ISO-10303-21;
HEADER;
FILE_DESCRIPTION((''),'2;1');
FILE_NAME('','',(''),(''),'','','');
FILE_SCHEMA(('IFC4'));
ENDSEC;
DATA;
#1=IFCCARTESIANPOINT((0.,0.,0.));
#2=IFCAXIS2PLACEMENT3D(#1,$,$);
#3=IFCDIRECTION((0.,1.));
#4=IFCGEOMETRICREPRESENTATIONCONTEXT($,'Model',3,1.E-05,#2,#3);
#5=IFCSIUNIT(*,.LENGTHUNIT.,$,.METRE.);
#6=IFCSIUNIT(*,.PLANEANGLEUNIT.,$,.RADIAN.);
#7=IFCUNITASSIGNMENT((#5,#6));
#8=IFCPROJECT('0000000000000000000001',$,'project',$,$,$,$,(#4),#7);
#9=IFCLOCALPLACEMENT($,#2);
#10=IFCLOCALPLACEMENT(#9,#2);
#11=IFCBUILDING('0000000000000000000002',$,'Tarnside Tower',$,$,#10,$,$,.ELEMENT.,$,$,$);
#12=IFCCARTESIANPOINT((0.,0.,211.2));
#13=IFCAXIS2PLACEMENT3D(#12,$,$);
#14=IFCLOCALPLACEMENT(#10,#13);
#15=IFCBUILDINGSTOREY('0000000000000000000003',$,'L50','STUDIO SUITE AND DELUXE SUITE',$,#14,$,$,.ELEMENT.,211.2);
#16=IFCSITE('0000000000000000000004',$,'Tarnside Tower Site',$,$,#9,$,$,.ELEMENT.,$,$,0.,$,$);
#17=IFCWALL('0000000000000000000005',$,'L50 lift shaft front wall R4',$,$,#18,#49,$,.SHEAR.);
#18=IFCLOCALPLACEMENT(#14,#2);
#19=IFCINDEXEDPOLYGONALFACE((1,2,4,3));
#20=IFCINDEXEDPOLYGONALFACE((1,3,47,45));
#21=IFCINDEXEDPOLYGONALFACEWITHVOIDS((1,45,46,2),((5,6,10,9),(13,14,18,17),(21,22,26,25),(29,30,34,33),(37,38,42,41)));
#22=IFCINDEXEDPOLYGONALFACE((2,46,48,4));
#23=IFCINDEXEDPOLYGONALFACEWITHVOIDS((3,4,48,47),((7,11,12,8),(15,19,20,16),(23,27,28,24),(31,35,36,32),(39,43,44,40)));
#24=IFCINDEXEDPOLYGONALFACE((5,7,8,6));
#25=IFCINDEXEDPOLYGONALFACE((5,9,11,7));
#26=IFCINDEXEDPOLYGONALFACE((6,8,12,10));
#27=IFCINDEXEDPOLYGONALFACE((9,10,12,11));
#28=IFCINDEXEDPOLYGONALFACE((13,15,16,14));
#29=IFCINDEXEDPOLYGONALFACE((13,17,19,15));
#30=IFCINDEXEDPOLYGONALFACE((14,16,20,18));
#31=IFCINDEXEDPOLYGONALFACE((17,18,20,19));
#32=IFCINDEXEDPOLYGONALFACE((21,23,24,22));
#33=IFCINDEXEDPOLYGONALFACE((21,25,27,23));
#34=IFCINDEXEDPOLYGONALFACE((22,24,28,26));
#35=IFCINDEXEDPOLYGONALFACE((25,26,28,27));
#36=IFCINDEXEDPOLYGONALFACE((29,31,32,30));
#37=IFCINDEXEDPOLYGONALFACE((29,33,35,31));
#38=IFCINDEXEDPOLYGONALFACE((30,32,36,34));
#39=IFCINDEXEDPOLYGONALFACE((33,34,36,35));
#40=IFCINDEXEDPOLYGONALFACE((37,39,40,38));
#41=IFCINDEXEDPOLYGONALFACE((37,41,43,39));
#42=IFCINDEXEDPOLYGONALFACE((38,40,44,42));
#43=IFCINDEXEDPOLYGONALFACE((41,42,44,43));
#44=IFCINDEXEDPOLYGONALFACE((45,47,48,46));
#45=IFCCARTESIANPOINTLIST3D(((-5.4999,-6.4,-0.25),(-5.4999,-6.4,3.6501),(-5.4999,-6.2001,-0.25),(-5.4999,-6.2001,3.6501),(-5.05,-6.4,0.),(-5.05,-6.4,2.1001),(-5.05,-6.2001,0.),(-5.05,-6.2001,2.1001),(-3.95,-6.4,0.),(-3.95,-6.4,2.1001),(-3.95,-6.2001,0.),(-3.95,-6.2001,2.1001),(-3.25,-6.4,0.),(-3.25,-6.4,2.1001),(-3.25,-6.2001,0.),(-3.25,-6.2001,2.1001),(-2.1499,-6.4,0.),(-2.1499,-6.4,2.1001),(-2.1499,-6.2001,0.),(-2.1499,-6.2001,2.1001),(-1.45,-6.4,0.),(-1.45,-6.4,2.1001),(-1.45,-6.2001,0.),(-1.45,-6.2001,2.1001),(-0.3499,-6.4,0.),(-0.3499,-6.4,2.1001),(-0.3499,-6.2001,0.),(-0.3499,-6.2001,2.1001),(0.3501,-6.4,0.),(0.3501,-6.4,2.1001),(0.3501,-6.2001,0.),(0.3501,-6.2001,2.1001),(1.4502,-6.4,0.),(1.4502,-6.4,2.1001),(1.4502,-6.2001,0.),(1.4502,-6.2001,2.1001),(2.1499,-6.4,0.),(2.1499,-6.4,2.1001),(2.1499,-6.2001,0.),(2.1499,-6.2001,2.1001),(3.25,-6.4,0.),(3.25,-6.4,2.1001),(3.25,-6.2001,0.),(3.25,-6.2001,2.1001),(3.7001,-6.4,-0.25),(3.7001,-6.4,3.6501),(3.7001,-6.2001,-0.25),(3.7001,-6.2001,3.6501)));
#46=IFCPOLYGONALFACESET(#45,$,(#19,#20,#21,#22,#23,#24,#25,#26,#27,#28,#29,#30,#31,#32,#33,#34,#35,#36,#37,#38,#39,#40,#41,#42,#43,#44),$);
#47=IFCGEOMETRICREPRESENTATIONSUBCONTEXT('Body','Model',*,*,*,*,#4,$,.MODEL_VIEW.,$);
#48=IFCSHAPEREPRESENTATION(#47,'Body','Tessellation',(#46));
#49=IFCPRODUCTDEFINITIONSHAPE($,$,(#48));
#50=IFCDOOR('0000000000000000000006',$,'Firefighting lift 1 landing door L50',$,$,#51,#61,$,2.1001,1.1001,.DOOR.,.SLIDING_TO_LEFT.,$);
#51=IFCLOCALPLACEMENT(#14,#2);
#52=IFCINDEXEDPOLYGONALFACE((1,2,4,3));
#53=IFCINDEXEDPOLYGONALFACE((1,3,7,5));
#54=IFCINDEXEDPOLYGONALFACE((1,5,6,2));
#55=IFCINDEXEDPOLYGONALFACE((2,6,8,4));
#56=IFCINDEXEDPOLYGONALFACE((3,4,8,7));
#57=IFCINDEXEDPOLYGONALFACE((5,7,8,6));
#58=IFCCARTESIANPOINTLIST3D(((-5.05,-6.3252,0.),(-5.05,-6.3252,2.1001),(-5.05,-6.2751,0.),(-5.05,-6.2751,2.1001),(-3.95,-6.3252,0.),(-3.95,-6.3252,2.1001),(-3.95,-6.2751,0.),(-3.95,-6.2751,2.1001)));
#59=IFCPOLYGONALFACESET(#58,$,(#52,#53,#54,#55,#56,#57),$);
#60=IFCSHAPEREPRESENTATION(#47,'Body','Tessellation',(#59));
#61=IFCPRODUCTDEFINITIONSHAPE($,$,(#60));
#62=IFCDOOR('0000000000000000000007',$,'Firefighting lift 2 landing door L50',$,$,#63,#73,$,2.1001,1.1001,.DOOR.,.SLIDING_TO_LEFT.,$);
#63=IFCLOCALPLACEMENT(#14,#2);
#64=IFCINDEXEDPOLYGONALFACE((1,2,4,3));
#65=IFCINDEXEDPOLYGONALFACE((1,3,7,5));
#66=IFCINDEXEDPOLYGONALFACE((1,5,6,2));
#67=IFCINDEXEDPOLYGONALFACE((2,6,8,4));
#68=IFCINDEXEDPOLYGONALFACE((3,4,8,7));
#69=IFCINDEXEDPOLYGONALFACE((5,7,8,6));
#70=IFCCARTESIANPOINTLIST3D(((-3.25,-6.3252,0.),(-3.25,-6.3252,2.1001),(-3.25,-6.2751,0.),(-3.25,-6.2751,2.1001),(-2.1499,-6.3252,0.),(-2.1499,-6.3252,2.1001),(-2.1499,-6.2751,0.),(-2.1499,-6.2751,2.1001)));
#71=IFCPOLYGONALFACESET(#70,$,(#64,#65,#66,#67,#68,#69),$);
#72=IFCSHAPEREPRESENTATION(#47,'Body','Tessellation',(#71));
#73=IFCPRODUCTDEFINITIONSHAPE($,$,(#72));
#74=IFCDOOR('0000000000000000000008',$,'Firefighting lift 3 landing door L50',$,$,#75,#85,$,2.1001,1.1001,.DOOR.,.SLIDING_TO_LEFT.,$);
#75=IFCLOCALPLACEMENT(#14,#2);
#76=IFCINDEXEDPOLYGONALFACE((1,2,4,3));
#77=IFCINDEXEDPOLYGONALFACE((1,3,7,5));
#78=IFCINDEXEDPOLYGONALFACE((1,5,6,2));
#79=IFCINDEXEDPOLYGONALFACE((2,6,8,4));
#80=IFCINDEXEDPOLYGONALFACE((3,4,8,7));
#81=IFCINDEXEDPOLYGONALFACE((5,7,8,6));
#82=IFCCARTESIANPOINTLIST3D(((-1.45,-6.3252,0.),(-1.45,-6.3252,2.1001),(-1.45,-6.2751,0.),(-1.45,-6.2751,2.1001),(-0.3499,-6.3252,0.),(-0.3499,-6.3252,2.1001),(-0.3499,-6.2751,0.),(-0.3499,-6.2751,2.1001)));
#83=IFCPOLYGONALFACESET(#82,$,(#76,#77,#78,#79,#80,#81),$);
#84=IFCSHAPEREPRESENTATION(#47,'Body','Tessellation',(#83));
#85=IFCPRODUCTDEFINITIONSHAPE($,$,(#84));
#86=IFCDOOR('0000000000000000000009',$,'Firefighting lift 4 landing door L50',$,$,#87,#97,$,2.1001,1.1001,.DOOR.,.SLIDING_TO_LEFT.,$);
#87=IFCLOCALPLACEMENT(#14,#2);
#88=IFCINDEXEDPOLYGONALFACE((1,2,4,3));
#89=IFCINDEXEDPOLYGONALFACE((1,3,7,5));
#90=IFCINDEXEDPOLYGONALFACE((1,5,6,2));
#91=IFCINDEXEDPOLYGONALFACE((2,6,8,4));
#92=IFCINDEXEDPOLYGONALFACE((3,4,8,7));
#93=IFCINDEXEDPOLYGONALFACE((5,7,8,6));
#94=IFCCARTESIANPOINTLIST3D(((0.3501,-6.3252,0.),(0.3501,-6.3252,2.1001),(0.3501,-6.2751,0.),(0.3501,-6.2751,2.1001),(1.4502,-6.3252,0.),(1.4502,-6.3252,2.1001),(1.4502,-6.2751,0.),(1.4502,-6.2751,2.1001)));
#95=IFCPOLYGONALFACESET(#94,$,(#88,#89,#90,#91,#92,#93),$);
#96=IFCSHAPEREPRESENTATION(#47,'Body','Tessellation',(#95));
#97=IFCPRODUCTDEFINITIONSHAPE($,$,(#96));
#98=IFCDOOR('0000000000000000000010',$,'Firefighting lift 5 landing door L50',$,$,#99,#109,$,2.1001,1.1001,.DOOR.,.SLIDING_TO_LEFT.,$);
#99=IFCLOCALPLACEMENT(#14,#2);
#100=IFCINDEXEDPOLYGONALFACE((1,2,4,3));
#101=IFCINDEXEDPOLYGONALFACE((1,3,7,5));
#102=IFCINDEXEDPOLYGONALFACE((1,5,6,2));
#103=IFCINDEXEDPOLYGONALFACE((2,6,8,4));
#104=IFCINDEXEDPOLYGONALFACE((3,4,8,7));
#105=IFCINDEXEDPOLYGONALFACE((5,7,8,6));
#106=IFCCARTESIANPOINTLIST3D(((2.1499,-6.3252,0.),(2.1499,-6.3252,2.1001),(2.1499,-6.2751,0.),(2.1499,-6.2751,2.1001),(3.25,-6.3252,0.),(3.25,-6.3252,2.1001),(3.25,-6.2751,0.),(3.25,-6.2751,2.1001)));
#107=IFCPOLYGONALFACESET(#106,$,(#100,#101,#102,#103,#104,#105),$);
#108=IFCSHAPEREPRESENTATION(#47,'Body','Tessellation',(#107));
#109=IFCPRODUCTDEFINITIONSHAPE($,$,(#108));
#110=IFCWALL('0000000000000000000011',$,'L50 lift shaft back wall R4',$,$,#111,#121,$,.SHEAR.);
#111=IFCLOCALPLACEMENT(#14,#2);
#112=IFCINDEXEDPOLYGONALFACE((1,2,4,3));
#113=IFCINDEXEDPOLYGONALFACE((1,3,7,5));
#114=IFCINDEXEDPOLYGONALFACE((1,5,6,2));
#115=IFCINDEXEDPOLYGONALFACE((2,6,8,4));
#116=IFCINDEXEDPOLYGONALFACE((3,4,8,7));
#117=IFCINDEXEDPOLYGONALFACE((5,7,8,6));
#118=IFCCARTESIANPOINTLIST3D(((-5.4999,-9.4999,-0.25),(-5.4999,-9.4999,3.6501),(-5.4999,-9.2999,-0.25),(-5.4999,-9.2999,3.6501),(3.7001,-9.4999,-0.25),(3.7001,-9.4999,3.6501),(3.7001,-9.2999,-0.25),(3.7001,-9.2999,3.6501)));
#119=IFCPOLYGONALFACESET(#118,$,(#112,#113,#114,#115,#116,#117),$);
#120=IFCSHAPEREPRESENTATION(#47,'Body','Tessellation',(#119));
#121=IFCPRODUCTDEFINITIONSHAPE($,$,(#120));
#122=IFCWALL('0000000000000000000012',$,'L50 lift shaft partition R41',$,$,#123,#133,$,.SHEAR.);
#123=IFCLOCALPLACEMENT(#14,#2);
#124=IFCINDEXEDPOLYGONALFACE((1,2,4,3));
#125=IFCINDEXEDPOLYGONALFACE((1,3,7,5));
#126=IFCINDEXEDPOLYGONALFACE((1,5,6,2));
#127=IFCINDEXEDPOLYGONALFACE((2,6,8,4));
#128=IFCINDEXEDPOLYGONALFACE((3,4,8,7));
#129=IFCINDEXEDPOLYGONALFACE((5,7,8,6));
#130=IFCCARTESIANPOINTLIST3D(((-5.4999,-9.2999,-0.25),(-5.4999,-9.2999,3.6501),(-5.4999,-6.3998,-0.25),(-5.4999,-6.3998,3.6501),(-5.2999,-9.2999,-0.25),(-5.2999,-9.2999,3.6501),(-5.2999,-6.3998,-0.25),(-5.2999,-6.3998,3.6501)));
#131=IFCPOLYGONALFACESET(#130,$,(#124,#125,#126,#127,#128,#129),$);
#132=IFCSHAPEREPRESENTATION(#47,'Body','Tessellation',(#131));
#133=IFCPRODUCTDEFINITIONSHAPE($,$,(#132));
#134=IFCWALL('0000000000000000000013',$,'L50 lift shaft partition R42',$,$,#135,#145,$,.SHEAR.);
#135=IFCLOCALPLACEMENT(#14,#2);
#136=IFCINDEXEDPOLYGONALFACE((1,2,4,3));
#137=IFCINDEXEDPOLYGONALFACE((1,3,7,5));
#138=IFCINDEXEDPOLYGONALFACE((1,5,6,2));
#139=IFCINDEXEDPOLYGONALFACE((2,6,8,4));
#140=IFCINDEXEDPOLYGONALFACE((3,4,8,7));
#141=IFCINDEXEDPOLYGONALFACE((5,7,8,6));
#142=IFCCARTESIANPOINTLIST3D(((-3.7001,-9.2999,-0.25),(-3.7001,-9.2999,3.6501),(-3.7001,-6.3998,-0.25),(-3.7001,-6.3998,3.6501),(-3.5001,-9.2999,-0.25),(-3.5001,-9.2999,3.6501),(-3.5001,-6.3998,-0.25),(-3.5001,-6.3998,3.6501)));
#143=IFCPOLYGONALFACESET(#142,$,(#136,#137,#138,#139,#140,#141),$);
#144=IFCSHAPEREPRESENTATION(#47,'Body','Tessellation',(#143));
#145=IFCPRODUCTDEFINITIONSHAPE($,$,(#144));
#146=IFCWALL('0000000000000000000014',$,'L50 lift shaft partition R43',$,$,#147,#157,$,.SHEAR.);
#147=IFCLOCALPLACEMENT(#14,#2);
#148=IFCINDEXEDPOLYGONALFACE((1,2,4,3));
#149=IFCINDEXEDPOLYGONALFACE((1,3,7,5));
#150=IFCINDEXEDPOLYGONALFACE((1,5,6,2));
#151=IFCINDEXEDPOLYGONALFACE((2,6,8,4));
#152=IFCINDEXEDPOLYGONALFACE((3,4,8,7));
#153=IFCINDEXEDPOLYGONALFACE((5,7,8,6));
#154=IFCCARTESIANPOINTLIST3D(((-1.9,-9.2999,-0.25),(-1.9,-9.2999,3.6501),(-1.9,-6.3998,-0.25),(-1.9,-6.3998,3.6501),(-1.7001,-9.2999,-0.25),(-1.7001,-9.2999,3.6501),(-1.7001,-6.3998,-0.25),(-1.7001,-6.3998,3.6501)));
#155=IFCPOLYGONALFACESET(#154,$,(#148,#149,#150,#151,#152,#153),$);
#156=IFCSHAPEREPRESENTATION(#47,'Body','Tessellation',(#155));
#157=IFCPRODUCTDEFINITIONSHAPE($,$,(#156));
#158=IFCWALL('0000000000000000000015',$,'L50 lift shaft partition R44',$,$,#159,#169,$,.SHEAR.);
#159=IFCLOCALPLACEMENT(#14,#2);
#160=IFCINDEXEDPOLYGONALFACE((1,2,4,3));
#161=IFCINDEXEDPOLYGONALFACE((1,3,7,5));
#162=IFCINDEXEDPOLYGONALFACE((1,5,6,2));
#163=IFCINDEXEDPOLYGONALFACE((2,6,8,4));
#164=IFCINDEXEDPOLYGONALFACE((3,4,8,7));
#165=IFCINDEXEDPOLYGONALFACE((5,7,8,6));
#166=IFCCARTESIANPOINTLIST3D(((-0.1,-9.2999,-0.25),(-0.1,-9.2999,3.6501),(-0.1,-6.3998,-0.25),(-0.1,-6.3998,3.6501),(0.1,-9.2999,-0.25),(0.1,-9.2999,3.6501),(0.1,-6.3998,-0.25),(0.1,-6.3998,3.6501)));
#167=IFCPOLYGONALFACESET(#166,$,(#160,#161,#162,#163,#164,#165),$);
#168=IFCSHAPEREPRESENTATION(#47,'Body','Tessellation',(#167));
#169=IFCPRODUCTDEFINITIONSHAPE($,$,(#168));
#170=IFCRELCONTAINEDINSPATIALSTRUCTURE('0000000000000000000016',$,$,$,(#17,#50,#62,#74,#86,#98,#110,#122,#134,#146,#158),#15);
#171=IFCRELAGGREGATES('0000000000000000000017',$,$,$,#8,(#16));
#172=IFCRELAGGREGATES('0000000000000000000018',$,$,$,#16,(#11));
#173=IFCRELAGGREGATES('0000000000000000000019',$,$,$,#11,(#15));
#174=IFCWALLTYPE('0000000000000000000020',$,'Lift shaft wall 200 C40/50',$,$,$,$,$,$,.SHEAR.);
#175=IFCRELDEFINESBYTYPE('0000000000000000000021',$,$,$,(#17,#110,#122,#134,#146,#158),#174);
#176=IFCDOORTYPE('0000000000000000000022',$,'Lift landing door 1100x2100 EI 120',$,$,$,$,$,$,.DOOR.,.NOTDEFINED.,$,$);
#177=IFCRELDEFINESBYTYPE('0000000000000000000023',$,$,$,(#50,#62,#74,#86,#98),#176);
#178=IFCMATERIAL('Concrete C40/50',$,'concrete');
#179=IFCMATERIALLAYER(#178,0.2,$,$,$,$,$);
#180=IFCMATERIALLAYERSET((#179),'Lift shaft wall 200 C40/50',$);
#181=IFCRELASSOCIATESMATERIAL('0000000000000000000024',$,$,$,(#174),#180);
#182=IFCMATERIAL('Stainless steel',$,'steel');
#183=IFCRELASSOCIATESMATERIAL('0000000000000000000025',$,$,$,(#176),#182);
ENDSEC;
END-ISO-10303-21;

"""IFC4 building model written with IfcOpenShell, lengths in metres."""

from ifc_helpers import new_model, si_unit, direction, frame, frame_2d, origin, place, context, subcontext, project, spatial, rectangle, extrude, material, layer, layer_set, type_object, element, fill, save


model = new_model("IFC4")

# Units and contexts
model_context = context("Model", 3, precision=1e-05, world=origin(), true_north=direction((0.0, 1.0)))
body_context = subcontext(model_context, "Body", "Model", "MODEL_VIEW")
ifc_project = project(units=[si_unit("LENGTHUNIT", "METRE"), si_unit("PLANEANGLEUNIT", "RADIAN")], contexts=[model_context])

# Site, building, storey
site_placement = place(None, origin())
site = spatial("IfcSite", under=ifc_project, at=site_placement, Name="Tarnside Tower Site", CompositionType="ELEMENT", RefElevation=0.0)
building_placement = place(site_placement, origin())
building = spatial("IfcBuilding", under=site, at=building_placement, Name="Tarnside Tower", CompositionType="ELEMENT")
storey_placement = place(building_placement, frame((0.0, 0.0, 211.2)))
storey = spatial("IfcBuildingStorey", under=building, at=storey_placement, Name="L50", Description="STUDIO SUITE AND DELUXE SUITE", CompositionType="ELEMENT", Elevation=211.2)

# Shared definitions
ifc_material_1 = material(Name="Concrete C40/50", Category="concrete")

# Wall, openings, doors
ifc_layer_1 = layer(ifc_material_1, 0.2)
ifc_layer_set_1 = layer_set([ifc_layer_1], Name="Lift shaft wall 200 C40/50")
wall_type_1 = type_object("IfcWallType", Name="Lift shaft wall 200 C40/50", PredefinedType="SHEAR", material=ifc_layer_set_1)
wall_1_placement = place(storey_placement, frame((-5.5, -6.3, -0.25), z_axis=(0.0, 0.0, 1.0), x_axis=(1.0, 0.0, 0.0)))
wall_1 = element("IfcWall", 1, at=wall_1_placement, inside=storey, type_object=wall_type_1, Name="L50 lift shaft front wall R4", PredefinedType="SHEAR", context=body_context, shape_type="SweptSolid", body=[
    extrude(rectangle(XDim=9.2, YDim=0.2, at=frame_2d((4.6001, 0.0))), origin(), (0.0, 0.0, 1.0), 3.9001),
])
opening_1_placement = place(wall_1_placement, frame((0.45, 0.0, 0.25)))
opening_1 = element("IfcOpeningElement", 2, at=opening_1_placement, cuts=wall_1, PredefinedType="OPENING", context=body_context, shape_type="SweptSolid", body=[
    extrude(rectangle(XDim=1.1001, YDim=2.1001, at=frame_2d((0.55, 1.05))), frame((0.0, 0.1099, 0.0), z_axis=(0.0, -1.0, 0.0), x_axis=(1.0, 0.0, 0.0)), (0.0, 0.0, 1.0), 0.22),
])
opening_2_placement = place(wall_1_placement, frame((2.25, 0.0, 0.25)))
opening_2 = element("IfcOpeningElement", 3, at=opening_2_placement, cuts=wall_1, PredefinedType="OPENING", context=body_context, shape_type="SweptSolid", body=[
    extrude(rectangle(XDim=1.1001, YDim=2.1001, at=frame_2d((0.55, 1.05))), frame((0.0, 0.1099, 0.0), z_axis=(0.0, -1.0, 0.0), x_axis=(1.0, 0.0, 0.0)), (0.0, 0.0, 1.0), 0.22),
])
opening_3_placement = place(wall_1_placement, frame((4.05, 0.0, 0.25)))
opening_3 = element("IfcOpeningElement", 4, at=opening_3_placement, cuts=wall_1, PredefinedType="OPENING", context=body_context, shape_type="SweptSolid", body=[
    extrude(rectangle(XDim=1.1001, YDim=2.1001, at=frame_2d((0.55, 1.05))), frame((0.0, 0.1099, 0.0), z_axis=(0.0, -1.0, 0.0), x_axis=(1.0, 0.0, 0.0)), (0.0, 0.0, 1.0), 0.22),
])
opening_4_placement = place(wall_1_placement, frame((5.8501, 0.0, 0.25)))
opening_4 = element("IfcOpeningElement", 5, at=opening_4_placement, cuts=wall_1, PredefinedType="OPENING", context=body_context, shape_type="SweptSolid", body=[
    extrude(rectangle(XDim=1.1001, YDim=2.1001, at=frame_2d((0.55, 1.05))), frame((0.0, 0.1099, 0.0), z_axis=(0.0, -1.0, 0.0), x_axis=(1.0, 0.0, 0.0)), (0.0, 0.0, 1.0), 0.22),
])
opening_5_placement = place(wall_1_placement, frame((7.6499, 0.0, 0.25)))
opening_5 = element("IfcOpeningElement", 6, at=opening_5_placement, cuts=wall_1, PredefinedType="OPENING", context=body_context, shape_type="SweptSolid", body=[
    extrude(rectangle(XDim=1.1001, YDim=2.1001, at=frame_2d((0.55, 1.05))), frame((0.0, 0.1099, 0.0), z_axis=(0.0, -1.0, 0.0), x_axis=(1.0, 0.0, 0.0)), (0.0, 0.0, 1.0), 0.22),
])
ifc_material_2 = material(Name="Stainless steel", Category="steel")
door_type_1 = type_object("IfcDoorType", Name="Lift landing door 1100x2100 EI 120", OperationType="NOTDEFINED", PredefinedType="DOOR", material=ifc_material_2)
door_1_placement = place(opening_1_placement, origin())
door_1 = element("IfcDoor", 7, at=door_1_placement, inside=storey, type_object=door_type_1, Name="Firefighting lift 1 landing door L50", OperationType="SLIDING_TO_LEFT", OverallHeight=2.1001, OverallWidth=1.1001, PredefinedType="DOOR", context=body_context, shape_type="SweptSolid", body=[
    extrude(rectangle(XDim=1.1001, YDim=2.1001, at=frame_2d((0.55, 1.05))), frame((0.0, 0.0249, 0.0), z_axis=(0.0, -1.0, 0.0), x_axis=(1.0, 0.0, 0.0)), (0.0, 0.0, 1.0), 0.05),
])
fill(opening_1, door_1)
door_2_placement = place(opening_2_placement, origin())
door_2 = element("IfcDoor", 8, at=door_2_placement, inside=storey, type_object=door_type_1, Name="Firefighting lift 2 landing door L50", OperationType="SLIDING_TO_LEFT", OverallHeight=2.1001, OverallWidth=1.1001, PredefinedType="DOOR", context=body_context, shape_type="SweptSolid", body=[
    extrude(rectangle(XDim=1.1001, YDim=2.1001, at=frame_2d((0.55, 1.05))), frame((0.0, 0.0249, 0.0), z_axis=(0.0, -1.0, 0.0), x_axis=(1.0, 0.0, 0.0)), (0.0, 0.0, 1.0), 0.05),
])
fill(opening_2, door_2)
door_3_placement = place(opening_3_placement, origin())
door_3 = element("IfcDoor", 9, at=door_3_placement, inside=storey, type_object=door_type_1, Name="Firefighting lift 3 landing door L50", OperationType="SLIDING_TO_LEFT", OverallHeight=2.1001, OverallWidth=1.1001, PredefinedType="DOOR", context=body_context, shape_type="SweptSolid", body=[
    extrude(rectangle(XDim=1.1001, YDim=2.1001, at=frame_2d((0.55, 1.05))), frame((0.0, 0.0249, 0.0), z_axis=(0.0, -1.0, 0.0), x_axis=(1.0, 0.0, 0.0)), (0.0, 0.0, 1.0), 0.05),
])
fill(opening_3, door_3)
door_4_placement = place(opening_4_placement, origin())
door_4 = element("IfcDoor", 10, at=door_4_placement, inside=storey, type_object=door_type_1, Name="Firefighting lift 4 landing door L50", OperationType="SLIDING_TO_LEFT", OverallHeight=2.1001, OverallWidth=1.1001, PredefinedType="DOOR", context=body_context, shape_type="SweptSolid", body=[
    extrude(rectangle(XDim=1.1001, YDim=2.1001, at=frame_2d((0.55, 1.05))), frame((0.0, 0.0249, 0.0), z_axis=(0.0, -1.0, 0.0), x_axis=(1.0, 0.0, 0.0)), (0.0, 0.0, 1.0), 0.05),
])
fill(opening_4, door_4)
door_5_placement = place(opening_5_placement, origin())
door_5 = element("IfcDoor", 11, at=door_5_placement, inside=storey, type_object=door_type_1, Name="Firefighting lift 5 landing door L50", OperationType="SLIDING_TO_LEFT", OverallHeight=2.1001, OverallWidth=1.1001, PredefinedType="DOOR", context=body_context, shape_type="SweptSolid", body=[
    extrude(rectangle(XDim=1.1001, YDim=2.1001, at=frame_2d((0.55, 1.05))), frame((0.0, 0.0249, 0.0), z_axis=(0.0, -1.0, 0.0), x_axis=(1.0, 0.0, 0.0)), (0.0, 0.0, 1.0), 0.05),
])
fill(opening_5, door_5)

# Walls
wall_2_placement = place(storey_placement, frame((-5.5, -9.3999, -0.25), z_axis=(0.0, 0.0, 1.0), x_axis=(1.0, 0.0, 0.0)))
element("IfcWall", 12, at=wall_2_placement, inside=storey, type_object=wall_type_1, Name="L50 lift shaft back wall R4", PredefinedType="SHEAR", context=body_context, shape_type="SweptSolid", body=[
    extrude(rectangle(XDim=9.2, YDim=0.2, at=frame_2d((4.6001, 0.0))), origin(), (0.0, 0.0, 1.0), 3.9001),
])
for number, where, z_axis, x_axis, name in (
    (13, (-5.3999, -9.3, -0.25), (0.0, 0.0, 1.0), (0.0, 1.0, 0.0), "L50 lift shaft partition R41"),
    (14, (-3.6001, -9.3, -0.25), (0.0, 0.0, 1.0), (0.0, 1.0, 0.0), "L50 lift shaft partition R42"),
    (15, (-1.8, -9.3, -0.25), (0.0, 0.0, 1.0), (0.0, 1.0, 0.0), "L50 lift shaft partition R43"),
    (16, (0.0, -9.3, -0.25), (0.0, 0.0, 1.0), (0.0, 1.0, 0.0), "L50 lift shaft partition R44"),
):
    element("IfcWall", number, at=place(storey_placement, frame(where, z_axis=z_axis, x_axis=x_axis)), inside=storey, type_object=wall_type_1, Name=name, PredefinedType="SHEAR", context=body_context, shape_type="SweptSolid", body=[
        extrude(rectangle(XDim=2.9001, YDim=0.2, at=frame_2d((1.4502, 0.0))), origin(), (0.0, 0.0, 1.0), 3.9001),
    ])

save(model, "model.ifc")
